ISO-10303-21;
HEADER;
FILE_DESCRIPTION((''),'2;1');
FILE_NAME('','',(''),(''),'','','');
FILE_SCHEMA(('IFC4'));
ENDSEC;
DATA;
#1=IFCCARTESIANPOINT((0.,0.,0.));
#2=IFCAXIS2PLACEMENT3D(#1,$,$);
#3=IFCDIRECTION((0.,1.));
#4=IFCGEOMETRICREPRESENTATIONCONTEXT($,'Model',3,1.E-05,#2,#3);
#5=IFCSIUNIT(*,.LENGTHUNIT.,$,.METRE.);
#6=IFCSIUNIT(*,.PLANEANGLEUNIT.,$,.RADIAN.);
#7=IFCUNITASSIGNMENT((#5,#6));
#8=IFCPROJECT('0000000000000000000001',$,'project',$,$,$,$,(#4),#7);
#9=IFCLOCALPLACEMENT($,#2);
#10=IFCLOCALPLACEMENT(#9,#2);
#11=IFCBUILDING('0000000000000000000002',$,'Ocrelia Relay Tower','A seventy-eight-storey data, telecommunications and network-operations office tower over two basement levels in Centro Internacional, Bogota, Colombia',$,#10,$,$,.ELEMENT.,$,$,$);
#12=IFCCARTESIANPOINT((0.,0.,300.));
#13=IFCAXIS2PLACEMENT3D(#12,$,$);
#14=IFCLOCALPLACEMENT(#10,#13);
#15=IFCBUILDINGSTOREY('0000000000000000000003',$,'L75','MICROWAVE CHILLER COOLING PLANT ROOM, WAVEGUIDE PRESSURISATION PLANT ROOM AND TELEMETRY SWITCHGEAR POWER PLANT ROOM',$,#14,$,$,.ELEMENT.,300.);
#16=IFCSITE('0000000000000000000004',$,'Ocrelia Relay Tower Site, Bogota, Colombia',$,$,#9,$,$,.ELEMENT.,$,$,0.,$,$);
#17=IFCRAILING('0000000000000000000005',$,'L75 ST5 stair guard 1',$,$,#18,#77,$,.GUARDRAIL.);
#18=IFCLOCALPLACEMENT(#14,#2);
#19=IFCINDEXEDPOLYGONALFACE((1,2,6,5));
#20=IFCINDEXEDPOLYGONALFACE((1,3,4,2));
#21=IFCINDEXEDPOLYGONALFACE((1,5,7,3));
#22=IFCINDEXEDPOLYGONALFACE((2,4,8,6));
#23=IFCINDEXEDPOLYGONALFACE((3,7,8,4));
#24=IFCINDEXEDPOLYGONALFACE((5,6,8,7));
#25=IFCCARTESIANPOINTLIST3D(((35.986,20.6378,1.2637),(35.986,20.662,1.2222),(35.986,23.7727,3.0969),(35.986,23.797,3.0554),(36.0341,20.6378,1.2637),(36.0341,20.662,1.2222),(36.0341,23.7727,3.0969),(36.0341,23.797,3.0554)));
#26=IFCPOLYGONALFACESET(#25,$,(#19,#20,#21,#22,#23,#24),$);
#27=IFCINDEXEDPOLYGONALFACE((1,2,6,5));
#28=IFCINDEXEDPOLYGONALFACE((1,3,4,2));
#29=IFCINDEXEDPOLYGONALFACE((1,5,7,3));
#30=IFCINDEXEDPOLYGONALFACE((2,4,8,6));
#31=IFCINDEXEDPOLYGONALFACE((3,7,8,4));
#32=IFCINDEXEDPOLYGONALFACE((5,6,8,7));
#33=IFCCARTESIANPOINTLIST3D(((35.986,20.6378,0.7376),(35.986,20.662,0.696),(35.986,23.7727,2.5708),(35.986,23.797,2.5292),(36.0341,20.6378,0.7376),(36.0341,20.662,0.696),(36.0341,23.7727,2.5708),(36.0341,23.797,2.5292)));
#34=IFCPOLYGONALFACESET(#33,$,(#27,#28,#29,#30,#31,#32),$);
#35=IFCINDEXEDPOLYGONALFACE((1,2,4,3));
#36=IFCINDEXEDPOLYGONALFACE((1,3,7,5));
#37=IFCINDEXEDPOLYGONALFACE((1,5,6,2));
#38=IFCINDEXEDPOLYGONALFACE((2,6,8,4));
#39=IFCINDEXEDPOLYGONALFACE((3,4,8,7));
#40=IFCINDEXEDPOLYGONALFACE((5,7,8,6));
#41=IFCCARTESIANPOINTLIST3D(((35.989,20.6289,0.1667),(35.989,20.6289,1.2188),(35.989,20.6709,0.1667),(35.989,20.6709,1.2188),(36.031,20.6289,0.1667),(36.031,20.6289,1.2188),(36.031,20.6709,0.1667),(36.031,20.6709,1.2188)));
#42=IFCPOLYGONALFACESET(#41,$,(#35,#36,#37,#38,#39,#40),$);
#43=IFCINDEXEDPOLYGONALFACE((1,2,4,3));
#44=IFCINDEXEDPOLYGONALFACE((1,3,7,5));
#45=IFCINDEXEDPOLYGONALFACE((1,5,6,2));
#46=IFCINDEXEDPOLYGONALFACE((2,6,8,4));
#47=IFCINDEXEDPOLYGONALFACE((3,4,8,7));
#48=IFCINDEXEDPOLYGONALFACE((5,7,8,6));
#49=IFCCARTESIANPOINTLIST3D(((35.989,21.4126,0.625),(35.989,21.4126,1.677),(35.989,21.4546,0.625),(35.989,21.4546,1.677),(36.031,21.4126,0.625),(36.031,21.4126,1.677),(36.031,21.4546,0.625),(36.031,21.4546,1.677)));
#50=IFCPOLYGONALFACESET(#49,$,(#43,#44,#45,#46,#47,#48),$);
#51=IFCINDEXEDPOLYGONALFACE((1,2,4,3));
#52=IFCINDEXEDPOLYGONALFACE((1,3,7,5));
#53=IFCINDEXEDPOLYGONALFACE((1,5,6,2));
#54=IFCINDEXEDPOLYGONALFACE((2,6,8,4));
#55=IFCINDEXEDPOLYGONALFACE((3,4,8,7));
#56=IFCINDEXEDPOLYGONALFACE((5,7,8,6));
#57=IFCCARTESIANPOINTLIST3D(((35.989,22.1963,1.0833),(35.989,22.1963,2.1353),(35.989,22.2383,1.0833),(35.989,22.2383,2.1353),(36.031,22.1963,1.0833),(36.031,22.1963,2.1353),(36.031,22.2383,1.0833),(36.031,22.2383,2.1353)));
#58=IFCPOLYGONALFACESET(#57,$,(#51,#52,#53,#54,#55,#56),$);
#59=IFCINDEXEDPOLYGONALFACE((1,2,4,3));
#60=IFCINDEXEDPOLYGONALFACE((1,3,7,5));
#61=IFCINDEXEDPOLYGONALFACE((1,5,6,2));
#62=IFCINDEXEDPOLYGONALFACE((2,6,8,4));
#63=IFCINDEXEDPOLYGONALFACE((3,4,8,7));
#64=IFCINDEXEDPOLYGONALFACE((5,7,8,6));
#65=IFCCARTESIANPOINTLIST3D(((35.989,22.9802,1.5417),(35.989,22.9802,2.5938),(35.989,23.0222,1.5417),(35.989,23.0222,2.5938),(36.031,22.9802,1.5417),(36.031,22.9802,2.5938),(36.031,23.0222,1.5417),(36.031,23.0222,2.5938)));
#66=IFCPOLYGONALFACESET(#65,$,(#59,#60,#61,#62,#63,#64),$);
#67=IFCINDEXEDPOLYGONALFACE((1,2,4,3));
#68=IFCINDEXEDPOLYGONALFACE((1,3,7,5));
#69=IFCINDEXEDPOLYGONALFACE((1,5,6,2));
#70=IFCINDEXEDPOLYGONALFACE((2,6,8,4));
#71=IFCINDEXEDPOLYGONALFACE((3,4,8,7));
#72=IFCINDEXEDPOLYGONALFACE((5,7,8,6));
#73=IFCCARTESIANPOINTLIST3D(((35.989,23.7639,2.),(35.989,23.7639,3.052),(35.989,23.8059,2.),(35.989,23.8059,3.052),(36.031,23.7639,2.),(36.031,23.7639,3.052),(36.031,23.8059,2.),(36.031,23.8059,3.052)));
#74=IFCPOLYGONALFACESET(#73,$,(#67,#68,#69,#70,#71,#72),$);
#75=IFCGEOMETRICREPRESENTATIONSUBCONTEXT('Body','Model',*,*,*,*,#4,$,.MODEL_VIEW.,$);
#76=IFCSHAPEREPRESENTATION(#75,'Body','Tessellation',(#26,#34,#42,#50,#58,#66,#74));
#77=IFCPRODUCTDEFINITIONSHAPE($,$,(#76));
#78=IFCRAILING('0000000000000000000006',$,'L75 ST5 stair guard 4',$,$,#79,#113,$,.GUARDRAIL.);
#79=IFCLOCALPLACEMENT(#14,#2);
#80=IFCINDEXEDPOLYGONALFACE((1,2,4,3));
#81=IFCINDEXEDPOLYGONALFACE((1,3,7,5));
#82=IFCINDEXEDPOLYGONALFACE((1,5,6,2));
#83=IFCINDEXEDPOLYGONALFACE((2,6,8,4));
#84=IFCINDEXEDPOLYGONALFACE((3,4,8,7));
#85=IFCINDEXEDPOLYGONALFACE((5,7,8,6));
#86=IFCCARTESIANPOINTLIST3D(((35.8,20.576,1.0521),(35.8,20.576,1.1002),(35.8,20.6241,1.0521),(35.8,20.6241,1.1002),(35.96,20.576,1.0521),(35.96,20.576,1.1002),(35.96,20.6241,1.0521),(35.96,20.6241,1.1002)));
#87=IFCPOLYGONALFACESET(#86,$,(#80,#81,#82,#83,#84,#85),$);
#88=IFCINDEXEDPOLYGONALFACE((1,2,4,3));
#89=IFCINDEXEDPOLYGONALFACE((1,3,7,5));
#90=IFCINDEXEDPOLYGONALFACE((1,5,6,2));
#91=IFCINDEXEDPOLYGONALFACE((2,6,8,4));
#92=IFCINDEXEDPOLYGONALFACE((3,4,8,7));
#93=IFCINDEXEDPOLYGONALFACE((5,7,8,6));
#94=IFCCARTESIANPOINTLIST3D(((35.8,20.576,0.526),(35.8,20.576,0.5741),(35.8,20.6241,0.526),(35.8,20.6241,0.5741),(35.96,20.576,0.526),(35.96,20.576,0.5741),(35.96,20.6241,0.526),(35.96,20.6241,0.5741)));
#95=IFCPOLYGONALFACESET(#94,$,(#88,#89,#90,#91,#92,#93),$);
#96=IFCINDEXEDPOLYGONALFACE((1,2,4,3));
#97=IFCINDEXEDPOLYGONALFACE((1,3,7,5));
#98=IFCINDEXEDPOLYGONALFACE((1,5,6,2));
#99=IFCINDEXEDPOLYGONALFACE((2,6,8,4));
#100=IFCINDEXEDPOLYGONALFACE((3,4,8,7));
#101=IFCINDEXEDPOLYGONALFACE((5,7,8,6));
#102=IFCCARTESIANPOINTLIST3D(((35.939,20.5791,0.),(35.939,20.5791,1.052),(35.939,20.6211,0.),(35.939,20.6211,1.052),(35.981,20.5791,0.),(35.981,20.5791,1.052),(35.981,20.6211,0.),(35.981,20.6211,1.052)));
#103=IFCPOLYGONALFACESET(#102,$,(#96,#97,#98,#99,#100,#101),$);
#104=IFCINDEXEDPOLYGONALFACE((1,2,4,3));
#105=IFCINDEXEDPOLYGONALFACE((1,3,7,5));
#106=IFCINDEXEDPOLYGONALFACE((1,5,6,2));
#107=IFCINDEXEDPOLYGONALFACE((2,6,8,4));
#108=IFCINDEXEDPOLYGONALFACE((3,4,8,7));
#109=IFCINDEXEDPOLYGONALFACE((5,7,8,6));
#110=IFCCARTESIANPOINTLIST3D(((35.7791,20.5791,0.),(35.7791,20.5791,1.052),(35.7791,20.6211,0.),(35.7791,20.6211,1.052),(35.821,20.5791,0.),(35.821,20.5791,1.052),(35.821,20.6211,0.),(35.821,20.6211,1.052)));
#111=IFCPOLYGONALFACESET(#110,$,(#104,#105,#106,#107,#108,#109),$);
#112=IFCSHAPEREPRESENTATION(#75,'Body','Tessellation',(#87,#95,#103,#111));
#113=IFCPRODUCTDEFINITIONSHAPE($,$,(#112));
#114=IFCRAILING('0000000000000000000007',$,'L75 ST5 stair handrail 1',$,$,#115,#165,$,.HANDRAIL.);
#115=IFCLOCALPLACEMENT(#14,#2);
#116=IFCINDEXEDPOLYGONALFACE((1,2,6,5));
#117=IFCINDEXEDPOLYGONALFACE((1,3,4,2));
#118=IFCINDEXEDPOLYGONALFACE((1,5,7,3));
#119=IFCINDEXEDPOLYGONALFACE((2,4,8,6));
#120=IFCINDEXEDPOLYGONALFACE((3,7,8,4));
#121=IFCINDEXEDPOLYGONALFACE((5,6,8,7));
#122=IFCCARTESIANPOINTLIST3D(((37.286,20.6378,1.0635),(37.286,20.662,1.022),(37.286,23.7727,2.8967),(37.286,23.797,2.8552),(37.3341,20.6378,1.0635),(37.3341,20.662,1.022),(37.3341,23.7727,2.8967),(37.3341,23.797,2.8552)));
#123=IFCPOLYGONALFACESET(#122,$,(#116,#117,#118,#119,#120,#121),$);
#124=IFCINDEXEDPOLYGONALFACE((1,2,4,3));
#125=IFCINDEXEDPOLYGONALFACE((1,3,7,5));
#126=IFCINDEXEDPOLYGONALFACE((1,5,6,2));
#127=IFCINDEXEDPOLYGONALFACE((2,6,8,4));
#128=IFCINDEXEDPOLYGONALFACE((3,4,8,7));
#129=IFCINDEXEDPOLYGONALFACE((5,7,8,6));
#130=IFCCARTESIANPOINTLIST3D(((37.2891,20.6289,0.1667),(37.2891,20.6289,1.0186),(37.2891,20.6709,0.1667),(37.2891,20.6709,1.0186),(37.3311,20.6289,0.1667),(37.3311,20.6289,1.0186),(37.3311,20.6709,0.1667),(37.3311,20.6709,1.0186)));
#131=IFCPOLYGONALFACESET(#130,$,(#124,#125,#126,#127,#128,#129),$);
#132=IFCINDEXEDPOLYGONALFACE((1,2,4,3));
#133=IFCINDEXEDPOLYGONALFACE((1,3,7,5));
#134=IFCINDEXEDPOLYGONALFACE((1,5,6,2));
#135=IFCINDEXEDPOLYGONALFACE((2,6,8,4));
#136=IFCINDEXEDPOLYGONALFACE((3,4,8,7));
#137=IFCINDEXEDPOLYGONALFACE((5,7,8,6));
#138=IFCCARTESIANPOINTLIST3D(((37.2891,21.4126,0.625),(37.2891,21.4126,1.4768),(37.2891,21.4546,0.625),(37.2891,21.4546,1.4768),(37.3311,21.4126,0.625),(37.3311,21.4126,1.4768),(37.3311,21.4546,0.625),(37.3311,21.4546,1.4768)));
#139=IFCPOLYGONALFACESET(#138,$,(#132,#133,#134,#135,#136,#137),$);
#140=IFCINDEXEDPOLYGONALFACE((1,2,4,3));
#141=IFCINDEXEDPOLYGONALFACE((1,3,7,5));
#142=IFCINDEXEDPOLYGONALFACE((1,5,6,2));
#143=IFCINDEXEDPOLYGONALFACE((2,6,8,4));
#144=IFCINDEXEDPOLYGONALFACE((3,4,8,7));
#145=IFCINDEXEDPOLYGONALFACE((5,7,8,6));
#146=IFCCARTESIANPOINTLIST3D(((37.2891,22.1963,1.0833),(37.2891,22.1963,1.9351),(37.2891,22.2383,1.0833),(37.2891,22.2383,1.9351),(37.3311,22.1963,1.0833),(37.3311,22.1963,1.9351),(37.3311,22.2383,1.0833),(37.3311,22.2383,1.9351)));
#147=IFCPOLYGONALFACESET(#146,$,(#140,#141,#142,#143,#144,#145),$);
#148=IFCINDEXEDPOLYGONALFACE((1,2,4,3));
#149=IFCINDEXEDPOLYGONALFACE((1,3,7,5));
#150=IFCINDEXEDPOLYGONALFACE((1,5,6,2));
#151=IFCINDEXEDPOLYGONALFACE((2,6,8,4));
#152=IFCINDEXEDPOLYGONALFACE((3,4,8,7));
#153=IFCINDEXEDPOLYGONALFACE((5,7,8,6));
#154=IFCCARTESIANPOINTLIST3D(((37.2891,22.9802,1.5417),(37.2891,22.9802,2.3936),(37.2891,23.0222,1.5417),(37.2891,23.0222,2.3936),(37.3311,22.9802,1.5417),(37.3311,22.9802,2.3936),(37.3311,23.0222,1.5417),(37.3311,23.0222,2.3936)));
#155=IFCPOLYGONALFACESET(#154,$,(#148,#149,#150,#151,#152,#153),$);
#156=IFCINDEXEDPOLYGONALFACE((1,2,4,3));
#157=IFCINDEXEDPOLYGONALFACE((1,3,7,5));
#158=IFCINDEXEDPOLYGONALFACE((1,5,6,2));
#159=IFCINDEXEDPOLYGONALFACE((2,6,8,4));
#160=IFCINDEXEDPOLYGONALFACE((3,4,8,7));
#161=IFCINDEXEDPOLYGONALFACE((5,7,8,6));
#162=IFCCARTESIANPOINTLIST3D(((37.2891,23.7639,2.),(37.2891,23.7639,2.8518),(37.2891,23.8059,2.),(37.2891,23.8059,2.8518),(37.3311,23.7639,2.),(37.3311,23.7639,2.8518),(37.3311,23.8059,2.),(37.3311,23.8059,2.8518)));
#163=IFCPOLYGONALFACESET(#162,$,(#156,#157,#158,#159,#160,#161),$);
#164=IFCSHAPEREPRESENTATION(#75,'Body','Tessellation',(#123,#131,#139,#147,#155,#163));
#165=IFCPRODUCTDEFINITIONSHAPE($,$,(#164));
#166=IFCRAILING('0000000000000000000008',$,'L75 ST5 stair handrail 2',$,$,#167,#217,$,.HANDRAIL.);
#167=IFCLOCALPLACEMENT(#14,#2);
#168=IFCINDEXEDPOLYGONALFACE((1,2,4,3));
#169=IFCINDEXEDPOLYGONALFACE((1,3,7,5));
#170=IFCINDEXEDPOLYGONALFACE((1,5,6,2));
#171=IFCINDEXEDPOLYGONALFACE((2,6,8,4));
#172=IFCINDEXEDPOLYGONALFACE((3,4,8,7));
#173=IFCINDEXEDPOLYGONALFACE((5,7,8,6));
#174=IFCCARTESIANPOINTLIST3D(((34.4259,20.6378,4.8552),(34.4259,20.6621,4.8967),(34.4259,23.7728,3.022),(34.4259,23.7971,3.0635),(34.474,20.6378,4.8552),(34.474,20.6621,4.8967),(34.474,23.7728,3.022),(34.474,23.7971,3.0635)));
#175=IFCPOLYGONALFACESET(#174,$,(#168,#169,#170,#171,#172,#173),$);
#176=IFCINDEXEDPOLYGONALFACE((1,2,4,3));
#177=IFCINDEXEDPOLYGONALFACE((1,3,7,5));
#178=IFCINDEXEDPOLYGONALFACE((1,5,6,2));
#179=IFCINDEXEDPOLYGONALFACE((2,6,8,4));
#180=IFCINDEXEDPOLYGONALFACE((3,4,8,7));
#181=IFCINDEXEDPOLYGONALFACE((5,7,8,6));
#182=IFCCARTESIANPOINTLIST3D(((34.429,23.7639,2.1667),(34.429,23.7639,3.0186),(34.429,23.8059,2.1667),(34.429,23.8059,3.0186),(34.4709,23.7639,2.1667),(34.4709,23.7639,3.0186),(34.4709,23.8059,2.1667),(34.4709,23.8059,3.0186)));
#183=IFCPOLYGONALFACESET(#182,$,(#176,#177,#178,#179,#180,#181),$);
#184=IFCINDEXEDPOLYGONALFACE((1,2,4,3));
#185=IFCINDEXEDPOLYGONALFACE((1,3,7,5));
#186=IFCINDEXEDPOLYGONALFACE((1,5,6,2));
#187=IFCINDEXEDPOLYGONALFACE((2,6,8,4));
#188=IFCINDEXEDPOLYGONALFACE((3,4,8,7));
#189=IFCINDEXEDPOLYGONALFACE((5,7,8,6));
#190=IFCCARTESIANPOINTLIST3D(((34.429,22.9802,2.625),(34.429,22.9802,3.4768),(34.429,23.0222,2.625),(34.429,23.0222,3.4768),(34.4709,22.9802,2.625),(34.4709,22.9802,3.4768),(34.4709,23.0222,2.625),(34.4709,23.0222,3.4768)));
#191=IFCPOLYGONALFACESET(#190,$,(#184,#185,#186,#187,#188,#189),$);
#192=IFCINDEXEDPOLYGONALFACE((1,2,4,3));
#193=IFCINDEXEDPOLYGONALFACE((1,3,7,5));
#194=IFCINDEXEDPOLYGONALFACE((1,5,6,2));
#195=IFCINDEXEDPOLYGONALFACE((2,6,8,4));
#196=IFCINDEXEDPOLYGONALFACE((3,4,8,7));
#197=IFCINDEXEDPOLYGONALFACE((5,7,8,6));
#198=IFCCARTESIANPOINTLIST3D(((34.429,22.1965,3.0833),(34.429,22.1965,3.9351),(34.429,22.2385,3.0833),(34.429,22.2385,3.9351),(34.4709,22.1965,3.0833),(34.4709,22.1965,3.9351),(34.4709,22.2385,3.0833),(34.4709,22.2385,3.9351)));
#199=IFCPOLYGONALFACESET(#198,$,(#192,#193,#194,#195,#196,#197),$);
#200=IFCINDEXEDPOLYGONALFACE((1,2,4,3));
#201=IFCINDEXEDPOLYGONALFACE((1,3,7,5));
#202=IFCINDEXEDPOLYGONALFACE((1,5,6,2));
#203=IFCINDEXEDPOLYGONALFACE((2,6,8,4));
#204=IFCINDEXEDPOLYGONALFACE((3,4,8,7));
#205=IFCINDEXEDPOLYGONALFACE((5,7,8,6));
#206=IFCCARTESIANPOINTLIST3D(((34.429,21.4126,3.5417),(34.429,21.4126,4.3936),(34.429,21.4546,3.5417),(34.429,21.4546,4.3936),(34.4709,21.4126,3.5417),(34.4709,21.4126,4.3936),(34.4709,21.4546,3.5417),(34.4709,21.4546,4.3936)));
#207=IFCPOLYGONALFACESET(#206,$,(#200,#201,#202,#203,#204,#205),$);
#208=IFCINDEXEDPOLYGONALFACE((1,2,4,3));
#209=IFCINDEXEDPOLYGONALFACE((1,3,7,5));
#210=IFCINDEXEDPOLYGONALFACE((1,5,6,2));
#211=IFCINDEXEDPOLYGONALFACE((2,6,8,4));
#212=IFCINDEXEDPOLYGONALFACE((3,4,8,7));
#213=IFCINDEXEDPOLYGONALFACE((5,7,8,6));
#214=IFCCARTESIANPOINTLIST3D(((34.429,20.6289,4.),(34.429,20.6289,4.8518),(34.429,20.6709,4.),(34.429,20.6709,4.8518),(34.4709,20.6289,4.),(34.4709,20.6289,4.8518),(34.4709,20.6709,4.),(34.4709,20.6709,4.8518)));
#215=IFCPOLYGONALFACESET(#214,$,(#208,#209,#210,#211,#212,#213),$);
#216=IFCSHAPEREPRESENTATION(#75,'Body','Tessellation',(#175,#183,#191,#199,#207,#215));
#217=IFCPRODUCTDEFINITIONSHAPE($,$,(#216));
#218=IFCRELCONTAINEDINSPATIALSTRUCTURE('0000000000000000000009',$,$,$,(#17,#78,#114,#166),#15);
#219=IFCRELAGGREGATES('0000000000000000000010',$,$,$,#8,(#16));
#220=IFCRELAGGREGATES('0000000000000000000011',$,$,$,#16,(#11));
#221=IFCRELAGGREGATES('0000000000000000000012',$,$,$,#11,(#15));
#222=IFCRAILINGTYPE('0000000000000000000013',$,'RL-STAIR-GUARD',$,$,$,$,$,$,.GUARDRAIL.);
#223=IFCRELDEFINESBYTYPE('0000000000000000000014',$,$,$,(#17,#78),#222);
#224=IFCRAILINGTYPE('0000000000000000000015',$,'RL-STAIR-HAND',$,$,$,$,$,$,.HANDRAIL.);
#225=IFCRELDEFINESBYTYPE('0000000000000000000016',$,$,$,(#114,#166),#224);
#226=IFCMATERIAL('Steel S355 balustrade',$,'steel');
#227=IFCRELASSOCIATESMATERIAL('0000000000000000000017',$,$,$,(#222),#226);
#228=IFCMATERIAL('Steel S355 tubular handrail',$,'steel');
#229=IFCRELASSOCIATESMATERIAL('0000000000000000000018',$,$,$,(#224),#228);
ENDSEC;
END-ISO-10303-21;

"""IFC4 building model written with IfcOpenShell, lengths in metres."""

from ifc_helpers import new_model, si_unit, direction, frame, origin, origin_2d, place, context, subcontext, project, spatial, rectangle, extrude, material, type_object, element, save


model = new_model("IFC4")

# Units and contexts
model_context = context("Model", 3, precision=1e-05, world=origin(), true_north=direction((0.0, 1.0)))
body_context = subcontext(model_context, "Body", "Model", "MODEL_VIEW")
ifc_project = project(units=[si_unit("LENGTHUNIT", "METRE"), si_unit("PLANEANGLEUNIT", "RADIAN")], contexts=[model_context])

# Site, building, storey
site_placement = place(None, origin())
site = spatial("IfcSite", under=ifc_project, at=site_placement, Name="Ocrelia Relay Tower Site, Bogota, Colombia", CompositionType="ELEMENT", RefElevation=0.0)
building_placement = place(site_placement, origin())
building = spatial("IfcBuilding", under=site, at=building_placement, Name="Ocrelia Relay Tower", Description="A seventy-eight-storey data, telecommunications and network-operations office tower over two basement levels in Centro Internacional, Bogota, Colombia", CompositionType="ELEMENT")
storey_placement = place(building_placement, frame((0.0, 0.0, 300.0)))
storey = spatial("IfcBuildingStorey", under=building, at=storey_placement, Name="L75", Description="MICROWAVE CHILLER COOLING PLANT ROOM, WAVEGUIDE PRESSURISATION PLANT ROOM AND TELEMETRY SWITCHGEAR POWER PLANT ROOM", CompositionType="ELEMENT", Elevation=300.0)

# Railings
ifc_material_1 = material(Name="Steel S355 balustrade", Category="steel")
railing_type_1 = type_object("IfcRailingType", Name="RL-STAIR-GUARD", PredefinedType="GUARDRAIL", material=ifc_material_1)
railing_1_placement = place(storey_placement, frame((36.01, 20.6499, 0.1667)))
element("IfcRailing", 1, at=railing_1_placement, inside=storey, type_object=railing_type_1, Name="L75 ST5 stair guard 1", PredefinedType="GUARDRAIL", context=body_context, shape_type="SweptSolid", body=[
    extrude(rectangle(XDim=0.0481, YDim=0.0481, at=origin_2d()), frame((0.0, 0.0, 1.0762), z_axis=(0.0, 0.86324, 0.504794), x_axis=(-1.0, 0.0, 0.0)), (0.0, 0.0, 1.0), 3.6316),
    extrude(rectangle(XDim=0.0481, YDim=0.0481, at=origin_2d()), frame((0.0, 0.0, 0.55), z_axis=(0.0, 0.86324, 0.504794), x_axis=(-1.0, 0.0, 0.0)), (0.0, 0.0, 1.0), 3.6316),
    extrude(rectangle(XDim=0.042, YDim=0.042, at=origin_2d()), origin(), (0.0, 0.0, 1.0), 1.052),
    extrude(rectangle(XDim=0.042, YDim=0.042, at=origin_2d()), frame((0.0, 0.7837, 0.4583)), (0.0, 0.0, 1.0), 1.052),
    extrude(rectangle(XDim=0.042, YDim=0.042, at=origin_2d()), frame((0.0, 1.5674, 0.9165)), (0.0, 0.0, 1.0), 1.052),
    extrude(rectangle(XDim=0.042, YDim=0.042, at=origin_2d()), frame((0.0, 2.3513, 1.375)), (0.0, 0.0, 1.0), 1.052),
    extrude(rectangle(XDim=0.042, YDim=0.042, at=origin_2d()), frame((0.0, 3.135, 1.8333)), (0.0, 0.0, 1.0), 1.052),
])
railing_2_placement = place(storey_placement, frame((35.96, 20.6001, 0.0)))
element("IfcRailing", 2, at=railing_2_placement, inside=storey, type_object=railing_type_1, Name="L75 ST5 stair guard 4", PredefinedType="GUARDRAIL", context=body_context, shape_type="SweptSolid", body=[
    extrude(rectangle(XDim=0.0481, YDim=0.0481, at=origin_2d()), frame((0.0, 0.0, 1.0762), z_axis=(-1.0, 0.0, 0.0), x_axis=(0.0, -1.0, 0.0)), (0.0, 0.0, 1.0), 0.1599),
    extrude(rectangle(XDim=0.0481, YDim=0.0481, at=origin_2d()), frame((0.0, 0.0, 0.55), z_axis=(-1.0, 0.0, 0.0), x_axis=(0.0, -1.0, 0.0)), (0.0, 0.0, 1.0), 0.1599),
    extrude(rectangle(XDim=0.042, YDim=0.042, at=origin_2d()), origin(), (0.0, 0.0, 1.0), 1.052),
    extrude(rectangle(XDim=0.042, YDim=0.042, at=origin_2d()), frame((-0.1599, 0.0, 0.0)), (0.0, 0.0, 1.0), 1.052),
])
ifc_material_2 = material(Name="Steel S355 tubular handrail", Category="steel")
railing_type_2 = type_object("IfcRailingType", Name="RL-STAIR-HAND", PredefinedType="HANDRAIL", material=ifc_material_2)
railing_3_placement = place(storey_placement, frame((37.3101, 20.6499, 0.1667)))
element("IfcRailing", 3, at=railing_3_placement, inside=storey, type_object=railing_type_2, Name="L75 ST5 stair handrail 1", PredefinedType="HANDRAIL", context=body_context, shape_type="SweptSolid", body=[
    extrude(rectangle(XDim=0.0481, YDim=0.0481, at=origin_2d()), frame((0.0, 0.0, 0.876), z_axis=(0.0, 0.86324, 0.504794), x_axis=(-1.0, 0.0, 0.0)), (0.0, 0.0, 1.0), 3.6316),
    extrude(rectangle(XDim=0.042, YDim=0.042, at=origin_2d()), origin(), (0.0, 0.0, 1.0), 0.8518),
    extrude(rectangle(XDim=0.042, YDim=0.042, at=origin_2d()), frame((0.0, 0.7837, 0.4583)), (0.0, 0.0, 1.0), 0.8518),
    extrude(rectangle(XDim=0.042, YDim=0.042, at=origin_2d()), frame((0.0, 1.5674, 0.9165)), (0.0, 0.0, 1.0), 0.8518),
    extrude(rectangle(XDim=0.042, YDim=0.042, at=origin_2d()), frame((0.0, 2.3513, 1.375)), (0.0, 0.0, 1.0), 0.8518),
    extrude(rectangle(XDim=0.042, YDim=0.042, at=origin_2d()), frame((0.0, 3.135, 1.8333)), (0.0, 0.0, 1.0), 0.8518),
])
railing_4_placement = place(storey_placement, frame((34.45, 23.7849, 2.1667)))
element("IfcRailing", 4, at=railing_4_placement, inside=storey, type_object=railing_type_2, Name="L75 ST5 stair handrail 2", PredefinedType="HANDRAIL", context=body_context, shape_type="SweptSolid", body=[
    extrude(rectangle(XDim=0.0481, YDim=0.0481, at=origin_2d()), frame((0.0, 0.0, 0.876), z_axis=(0.0, -0.86324, 0.504794), x_axis=(1.0, 0.0, 0.0)), (0.0, 0.0, 1.0), 3.6316),
    extrude(rectangle(XDim=0.042, YDim=0.042, at=origin_2d()), origin(), (0.0, 0.0, 1.0), 0.8518),
    extrude(rectangle(XDim=0.042, YDim=0.042, at=origin_2d()), frame((0.0, -0.7837, 0.4583)), (0.0, 0.0, 1.0), 0.8518),
    extrude(rectangle(XDim=0.042, YDim=0.042, at=origin_2d()), frame((0.0, -1.5674, 0.9165)), (0.0, 0.0, 1.0), 0.8518),
    extrude(rectangle(XDim=0.042, YDim=0.042, at=origin_2d()), frame((0.0, -2.3513, 1.375)), (0.0, 0.0, 1.0), 0.8518),
    extrude(rectangle(XDim=0.042, YDim=0.042, at=origin_2d()), frame((0.0, -3.135, 1.8333)), (0.0, 0.0, 1.0), 0.8518),
])

save(model, "model.ifc")
